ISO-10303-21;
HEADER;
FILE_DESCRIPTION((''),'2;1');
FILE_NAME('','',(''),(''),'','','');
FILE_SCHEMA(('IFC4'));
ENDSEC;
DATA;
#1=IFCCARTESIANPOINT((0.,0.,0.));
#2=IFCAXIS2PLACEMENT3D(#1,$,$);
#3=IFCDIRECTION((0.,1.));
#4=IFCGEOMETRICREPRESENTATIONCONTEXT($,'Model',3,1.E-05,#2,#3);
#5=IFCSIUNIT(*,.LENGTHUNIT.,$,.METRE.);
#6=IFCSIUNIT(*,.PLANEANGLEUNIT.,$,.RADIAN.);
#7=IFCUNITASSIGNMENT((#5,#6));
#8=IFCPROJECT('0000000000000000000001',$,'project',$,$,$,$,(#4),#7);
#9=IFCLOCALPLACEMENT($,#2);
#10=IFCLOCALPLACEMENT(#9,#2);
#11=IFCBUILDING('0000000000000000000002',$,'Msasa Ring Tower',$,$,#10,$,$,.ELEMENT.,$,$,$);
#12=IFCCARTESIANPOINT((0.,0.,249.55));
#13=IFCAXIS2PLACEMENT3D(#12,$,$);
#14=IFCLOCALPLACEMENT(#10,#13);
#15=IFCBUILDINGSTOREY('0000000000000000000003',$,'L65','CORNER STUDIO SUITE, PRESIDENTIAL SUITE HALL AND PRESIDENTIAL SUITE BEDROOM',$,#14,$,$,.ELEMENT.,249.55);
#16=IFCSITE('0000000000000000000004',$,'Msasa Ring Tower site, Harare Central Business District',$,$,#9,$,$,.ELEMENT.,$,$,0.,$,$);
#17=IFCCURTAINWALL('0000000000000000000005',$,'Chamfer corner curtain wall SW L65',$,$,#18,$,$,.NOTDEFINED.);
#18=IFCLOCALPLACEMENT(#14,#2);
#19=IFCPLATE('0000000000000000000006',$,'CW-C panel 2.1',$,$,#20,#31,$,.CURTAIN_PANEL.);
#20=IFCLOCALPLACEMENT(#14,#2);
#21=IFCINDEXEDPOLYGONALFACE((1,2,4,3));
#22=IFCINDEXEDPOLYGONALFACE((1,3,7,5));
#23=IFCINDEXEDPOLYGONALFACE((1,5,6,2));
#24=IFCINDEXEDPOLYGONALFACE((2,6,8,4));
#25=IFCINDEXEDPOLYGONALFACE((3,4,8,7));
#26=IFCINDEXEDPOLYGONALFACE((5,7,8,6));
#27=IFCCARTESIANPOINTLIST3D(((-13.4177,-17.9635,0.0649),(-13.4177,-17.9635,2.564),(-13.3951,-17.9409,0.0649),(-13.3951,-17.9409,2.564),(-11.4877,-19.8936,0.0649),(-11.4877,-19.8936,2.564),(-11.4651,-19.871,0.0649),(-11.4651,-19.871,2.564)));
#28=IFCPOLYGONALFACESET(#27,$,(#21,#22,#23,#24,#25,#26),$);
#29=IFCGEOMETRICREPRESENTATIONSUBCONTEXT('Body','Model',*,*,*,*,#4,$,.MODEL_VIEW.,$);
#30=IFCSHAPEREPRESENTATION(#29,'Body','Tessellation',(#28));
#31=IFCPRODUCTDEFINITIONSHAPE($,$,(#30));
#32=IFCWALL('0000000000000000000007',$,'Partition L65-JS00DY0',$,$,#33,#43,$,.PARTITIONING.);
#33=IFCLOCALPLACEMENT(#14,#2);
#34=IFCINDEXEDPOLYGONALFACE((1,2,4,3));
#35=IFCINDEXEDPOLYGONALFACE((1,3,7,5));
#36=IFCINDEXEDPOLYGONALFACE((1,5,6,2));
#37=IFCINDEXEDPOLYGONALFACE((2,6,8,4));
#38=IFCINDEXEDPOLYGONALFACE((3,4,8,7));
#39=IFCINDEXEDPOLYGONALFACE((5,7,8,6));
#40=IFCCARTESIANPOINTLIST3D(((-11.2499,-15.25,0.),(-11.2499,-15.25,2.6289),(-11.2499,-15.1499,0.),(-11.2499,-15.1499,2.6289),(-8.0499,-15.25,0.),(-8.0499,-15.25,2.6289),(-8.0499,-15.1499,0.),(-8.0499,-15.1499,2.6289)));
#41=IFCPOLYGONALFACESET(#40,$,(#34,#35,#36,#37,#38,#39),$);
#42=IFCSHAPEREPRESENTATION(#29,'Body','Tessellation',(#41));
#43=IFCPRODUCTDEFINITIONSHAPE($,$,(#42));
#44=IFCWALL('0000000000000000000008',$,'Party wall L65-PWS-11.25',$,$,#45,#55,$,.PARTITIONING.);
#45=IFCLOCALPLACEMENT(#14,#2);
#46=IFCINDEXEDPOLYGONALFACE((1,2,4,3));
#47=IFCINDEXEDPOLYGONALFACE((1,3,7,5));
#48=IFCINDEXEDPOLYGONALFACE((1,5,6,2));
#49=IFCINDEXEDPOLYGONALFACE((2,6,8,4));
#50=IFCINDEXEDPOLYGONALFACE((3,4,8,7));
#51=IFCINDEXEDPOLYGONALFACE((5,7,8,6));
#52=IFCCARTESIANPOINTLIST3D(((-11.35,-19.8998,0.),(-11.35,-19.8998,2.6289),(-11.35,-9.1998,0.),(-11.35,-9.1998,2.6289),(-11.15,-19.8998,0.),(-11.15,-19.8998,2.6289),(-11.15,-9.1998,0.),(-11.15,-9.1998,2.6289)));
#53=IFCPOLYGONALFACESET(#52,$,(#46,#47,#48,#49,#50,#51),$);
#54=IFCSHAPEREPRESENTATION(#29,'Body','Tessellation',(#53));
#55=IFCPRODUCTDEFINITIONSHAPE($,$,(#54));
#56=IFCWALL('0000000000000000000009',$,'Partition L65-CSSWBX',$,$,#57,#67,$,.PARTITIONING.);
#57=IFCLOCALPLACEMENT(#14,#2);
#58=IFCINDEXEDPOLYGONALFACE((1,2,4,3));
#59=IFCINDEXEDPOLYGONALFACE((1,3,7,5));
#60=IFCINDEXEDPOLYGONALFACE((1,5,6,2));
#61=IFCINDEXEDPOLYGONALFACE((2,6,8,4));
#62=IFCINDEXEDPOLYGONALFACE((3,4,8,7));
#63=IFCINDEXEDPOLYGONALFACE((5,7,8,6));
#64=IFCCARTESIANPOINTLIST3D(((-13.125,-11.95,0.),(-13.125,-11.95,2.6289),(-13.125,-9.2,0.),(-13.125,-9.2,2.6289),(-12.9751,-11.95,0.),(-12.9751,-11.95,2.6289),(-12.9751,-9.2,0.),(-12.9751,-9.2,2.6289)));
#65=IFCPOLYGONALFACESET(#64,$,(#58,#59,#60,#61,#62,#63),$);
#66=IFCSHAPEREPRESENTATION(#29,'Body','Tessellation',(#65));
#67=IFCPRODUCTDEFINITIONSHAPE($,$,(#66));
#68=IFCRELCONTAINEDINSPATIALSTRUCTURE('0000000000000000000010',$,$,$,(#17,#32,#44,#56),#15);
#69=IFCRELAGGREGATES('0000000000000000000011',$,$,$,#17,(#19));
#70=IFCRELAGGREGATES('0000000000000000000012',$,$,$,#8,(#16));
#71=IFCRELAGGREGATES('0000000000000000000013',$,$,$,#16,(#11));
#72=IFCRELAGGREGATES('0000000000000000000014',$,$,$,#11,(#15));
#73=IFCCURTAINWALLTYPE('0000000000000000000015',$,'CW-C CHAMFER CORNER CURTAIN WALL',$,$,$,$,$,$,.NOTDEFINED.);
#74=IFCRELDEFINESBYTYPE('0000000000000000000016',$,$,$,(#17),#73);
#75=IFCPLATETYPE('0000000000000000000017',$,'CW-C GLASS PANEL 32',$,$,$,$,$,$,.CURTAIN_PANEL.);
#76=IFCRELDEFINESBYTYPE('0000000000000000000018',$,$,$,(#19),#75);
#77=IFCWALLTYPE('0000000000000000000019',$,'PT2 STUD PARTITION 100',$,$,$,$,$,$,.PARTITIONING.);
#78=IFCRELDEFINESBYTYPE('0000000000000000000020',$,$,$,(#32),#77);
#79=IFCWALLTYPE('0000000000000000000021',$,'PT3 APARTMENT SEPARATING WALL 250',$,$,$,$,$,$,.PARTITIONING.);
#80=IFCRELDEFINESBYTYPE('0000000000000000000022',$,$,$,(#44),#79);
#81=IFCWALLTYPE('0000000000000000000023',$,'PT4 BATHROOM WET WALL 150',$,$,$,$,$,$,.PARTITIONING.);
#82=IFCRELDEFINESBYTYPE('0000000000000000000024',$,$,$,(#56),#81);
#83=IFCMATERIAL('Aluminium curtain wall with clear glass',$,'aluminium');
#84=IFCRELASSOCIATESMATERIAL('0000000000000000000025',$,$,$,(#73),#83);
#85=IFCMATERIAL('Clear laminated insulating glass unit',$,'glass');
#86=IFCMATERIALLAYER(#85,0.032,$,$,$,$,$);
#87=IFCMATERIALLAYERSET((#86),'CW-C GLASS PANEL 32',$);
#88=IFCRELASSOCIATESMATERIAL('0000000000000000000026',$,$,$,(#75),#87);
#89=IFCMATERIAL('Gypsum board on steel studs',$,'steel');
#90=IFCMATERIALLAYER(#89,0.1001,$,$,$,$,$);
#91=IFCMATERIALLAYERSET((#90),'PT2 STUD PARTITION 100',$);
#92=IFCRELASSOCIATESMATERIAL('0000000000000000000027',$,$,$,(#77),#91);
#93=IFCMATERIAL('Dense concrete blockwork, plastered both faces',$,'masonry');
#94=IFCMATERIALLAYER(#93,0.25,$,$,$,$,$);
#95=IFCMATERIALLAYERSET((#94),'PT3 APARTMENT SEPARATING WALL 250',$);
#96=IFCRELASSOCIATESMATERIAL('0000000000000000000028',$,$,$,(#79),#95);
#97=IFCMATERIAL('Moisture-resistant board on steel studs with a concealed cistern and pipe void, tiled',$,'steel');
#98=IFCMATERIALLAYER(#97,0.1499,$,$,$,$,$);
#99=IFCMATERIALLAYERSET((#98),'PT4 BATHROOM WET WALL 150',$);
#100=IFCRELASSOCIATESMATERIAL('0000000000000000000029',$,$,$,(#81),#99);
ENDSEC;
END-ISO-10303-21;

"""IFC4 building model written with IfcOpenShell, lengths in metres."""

from ifc_helpers import new_model, si_unit, direction, frame, frame_2d, origin, origin_2d, place, context, subcontext, project, spatial, rectangle, extrude, material, layer, layer_set, type_object, element, aggregate, save


model = new_model("IFC4")

# Units and contexts
model_context = context("Model", 3, precision=1e-05, world=origin(), true_north=direction((0.0, 1.0)))
body_context = subcontext(model_context, "Body", "Model", "MODEL_VIEW")
ifc_project = project(units=[si_unit("LENGTHUNIT", "METRE"), si_unit("PLANEANGLEUNIT", "RADIAN")], contexts=[model_context])

# Site, building, storey
site_placement = place(None, origin())
site = spatial("IfcSite", under=ifc_project, at=site_placement, Name="Msasa Ring Tower site, Harare Central Business District", CompositionType="ELEMENT", RefElevation=0.0)
building_placement = place(site_placement, origin())
building = spatial("IfcBuilding", under=site, at=building_placement, Name="Msasa Ring Tower", CompositionType="ELEMENT")
storey_placement = place(building_placement, frame((0.0, 0.0, 249.55)))
storey = spatial("IfcBuildingStorey", under=building, at=storey_placement, Name="L65", Description="CORNER STUDIO SUITE, PRESIDENTIAL SUITE HALL AND PRESIDENTIAL SUITE BEDROOM", CompositionType="ELEMENT", Elevation=249.55)

# Curtain wall
ifc_material_1 = material(Name="Aluminium curtain wall with clear glass", Category="aluminium")
curtain_wall_type = type_object("IfcCurtainWallType", Name="CW-C CHAMFER CORNER CURTAIN WALL", PredefinedType="NOTDEFINED", material=ifc_material_1)
curtain_wall_1_placement = place(storey_placement, origin())
curtain_wall_1 = element("IfcCurtainWall", 1, at=curtain_wall_1_placement, inside=storey, type_object=curtain_wall_type, Name="Chamfer corner curtain wall SW L65", PredefinedType="NOTDEFINED")

# Plate
ifc_material_2 = material(Name="Clear laminated insulating glass unit", Category="glass")
ifc_layer_1 = layer(ifc_material_2, 0.032)
ifc_layer_set_1 = layer_set([ifc_layer_1], Name="CW-C GLASS PANEL 32")
plate_type = type_object("IfcPlateType", Name="CW-C GLASS PANEL 32", PredefinedType="CURTAIN_PANEL", material=ifc_layer_set_1)
plate_1_placement = place(storey_placement, frame((-12.4414, -18.9172, 0.0649), z_axis=(0.0, 0.0, 1.0), x_axis=(0.707107, -0.707107, 0.0)))
plate_1 = element("IfcPlate", 2, at=plate_1_placement, type_object=plate_type, Name="CW-C panel 2.1", PredefinedType="CURTAIN_PANEL", context=body_context, shape_type="SweptSolid", body=[
    extrude(rectangle(XDim=2.7295, YDim=0.032, at=origin_2d()), origin(), (0.0, 0.0, 1.0), 2.499),
])
aggregate(curtain_wall_1, [plate_1])

# Walls
ifc_material_3 = material(Name="Gypsum board on steel studs", Category="steel")
ifc_layer_2 = layer(ifc_material_3, 0.1001)
ifc_layer_set_2 = layer_set([ifc_layer_2], Name="PT2 STUD PARTITION 100")
wall_type_1 = type_object("IfcWallType", Name="PT2 STUD PARTITION 100", PredefinedType="PARTITIONING", material=ifc_layer_set_2)
wall_1_placement = place(storey_placement, frame((-11.25, -15.2, 0.0), z_axis=(0.0, 0.0, 1.0), x_axis=(1.0, 0.0, 0.0)))
element("IfcWall", 3, at=wall_1_placement, inside=storey, type_object=wall_type_1, Name="Partition L65-JS00DY0", PredefinedType="PARTITIONING", context=body_context, shape_type="SweptSolid", body=[
    extrude(rectangle(XDim=3.2, YDim=0.1001, at=frame_2d((1.6001, 0.0))), origin(), (0.0, 0.0, 1.0), 2.6289),
])
ifc_material_4 = material(Name="Dense concrete blockwork, plastered both faces", Category="masonry")
ifc_layer_3 = layer(ifc_material_4, 0.25)
ifc_layer_set_3 = layer_set([ifc_layer_3], Name="PT3 APARTMENT SEPARATING WALL 250")
wall_type_2 = type_object("IfcWallType", Name="PT3 APARTMENT SEPARATING WALL 250", PredefinedType="PARTITIONING", material=ifc_layer_set_3)
wall_2_placement = place(storey_placement, frame((-11.25, -19.8999, 0.0), z_axis=(0.0, 0.0, 1.0), x_axis=(0.0, 1.0, 0.0)))
element("IfcWall", 4, at=wall_2_placement, inside=storey, type_object=wall_type_2, Name="Party wall L65-PWS-11.25", PredefinedType="PARTITIONING", context=body_context, shape_type="SweptSolid", body=[
    extrude(rectangle(XDim=10.7, YDim=0.2, at=frame_2d((5.3501, 0.0))), origin(), (0.0, 0.0, 1.0), 2.6289),
])
ifc_material_5 = material(Name="Moisture-resistant board on steel studs with a concealed cistern and pipe void, tiled", Category="steel")
ifc_layer_4 = layer(ifc_material_5, 0.1499)
ifc_layer_set_4 = layer_set([ifc_layer_4], Name="PT4 BATHROOM WET WALL 150")
wall_type_3 = type_object("IfcWallType", Name="PT4 BATHROOM WET WALL 150", PredefinedType="PARTITIONING", material=ifc_layer_set_4)
wall_3_placement = place(storey_placement, frame((-13.05, -11.95, 0.0), z_axis=(0.0, 0.0, 1.0), x_axis=(0.0, 1.0, 0.0)))
element("IfcWall", 5, at=wall_3_placement, inside=storey, type_object=wall_type_3, Name="Partition L65-CSSWBX", PredefinedType="PARTITIONING", context=body_context, shape_type="SweptSolid", body=[
    extrude(rectangle(XDim=2.75, YDim=0.1499, at=frame_2d((1.375, 0.0))), origin(), (0.0, 0.0, 1.0), 2.6289),
])

save(model, "model.ifc")
